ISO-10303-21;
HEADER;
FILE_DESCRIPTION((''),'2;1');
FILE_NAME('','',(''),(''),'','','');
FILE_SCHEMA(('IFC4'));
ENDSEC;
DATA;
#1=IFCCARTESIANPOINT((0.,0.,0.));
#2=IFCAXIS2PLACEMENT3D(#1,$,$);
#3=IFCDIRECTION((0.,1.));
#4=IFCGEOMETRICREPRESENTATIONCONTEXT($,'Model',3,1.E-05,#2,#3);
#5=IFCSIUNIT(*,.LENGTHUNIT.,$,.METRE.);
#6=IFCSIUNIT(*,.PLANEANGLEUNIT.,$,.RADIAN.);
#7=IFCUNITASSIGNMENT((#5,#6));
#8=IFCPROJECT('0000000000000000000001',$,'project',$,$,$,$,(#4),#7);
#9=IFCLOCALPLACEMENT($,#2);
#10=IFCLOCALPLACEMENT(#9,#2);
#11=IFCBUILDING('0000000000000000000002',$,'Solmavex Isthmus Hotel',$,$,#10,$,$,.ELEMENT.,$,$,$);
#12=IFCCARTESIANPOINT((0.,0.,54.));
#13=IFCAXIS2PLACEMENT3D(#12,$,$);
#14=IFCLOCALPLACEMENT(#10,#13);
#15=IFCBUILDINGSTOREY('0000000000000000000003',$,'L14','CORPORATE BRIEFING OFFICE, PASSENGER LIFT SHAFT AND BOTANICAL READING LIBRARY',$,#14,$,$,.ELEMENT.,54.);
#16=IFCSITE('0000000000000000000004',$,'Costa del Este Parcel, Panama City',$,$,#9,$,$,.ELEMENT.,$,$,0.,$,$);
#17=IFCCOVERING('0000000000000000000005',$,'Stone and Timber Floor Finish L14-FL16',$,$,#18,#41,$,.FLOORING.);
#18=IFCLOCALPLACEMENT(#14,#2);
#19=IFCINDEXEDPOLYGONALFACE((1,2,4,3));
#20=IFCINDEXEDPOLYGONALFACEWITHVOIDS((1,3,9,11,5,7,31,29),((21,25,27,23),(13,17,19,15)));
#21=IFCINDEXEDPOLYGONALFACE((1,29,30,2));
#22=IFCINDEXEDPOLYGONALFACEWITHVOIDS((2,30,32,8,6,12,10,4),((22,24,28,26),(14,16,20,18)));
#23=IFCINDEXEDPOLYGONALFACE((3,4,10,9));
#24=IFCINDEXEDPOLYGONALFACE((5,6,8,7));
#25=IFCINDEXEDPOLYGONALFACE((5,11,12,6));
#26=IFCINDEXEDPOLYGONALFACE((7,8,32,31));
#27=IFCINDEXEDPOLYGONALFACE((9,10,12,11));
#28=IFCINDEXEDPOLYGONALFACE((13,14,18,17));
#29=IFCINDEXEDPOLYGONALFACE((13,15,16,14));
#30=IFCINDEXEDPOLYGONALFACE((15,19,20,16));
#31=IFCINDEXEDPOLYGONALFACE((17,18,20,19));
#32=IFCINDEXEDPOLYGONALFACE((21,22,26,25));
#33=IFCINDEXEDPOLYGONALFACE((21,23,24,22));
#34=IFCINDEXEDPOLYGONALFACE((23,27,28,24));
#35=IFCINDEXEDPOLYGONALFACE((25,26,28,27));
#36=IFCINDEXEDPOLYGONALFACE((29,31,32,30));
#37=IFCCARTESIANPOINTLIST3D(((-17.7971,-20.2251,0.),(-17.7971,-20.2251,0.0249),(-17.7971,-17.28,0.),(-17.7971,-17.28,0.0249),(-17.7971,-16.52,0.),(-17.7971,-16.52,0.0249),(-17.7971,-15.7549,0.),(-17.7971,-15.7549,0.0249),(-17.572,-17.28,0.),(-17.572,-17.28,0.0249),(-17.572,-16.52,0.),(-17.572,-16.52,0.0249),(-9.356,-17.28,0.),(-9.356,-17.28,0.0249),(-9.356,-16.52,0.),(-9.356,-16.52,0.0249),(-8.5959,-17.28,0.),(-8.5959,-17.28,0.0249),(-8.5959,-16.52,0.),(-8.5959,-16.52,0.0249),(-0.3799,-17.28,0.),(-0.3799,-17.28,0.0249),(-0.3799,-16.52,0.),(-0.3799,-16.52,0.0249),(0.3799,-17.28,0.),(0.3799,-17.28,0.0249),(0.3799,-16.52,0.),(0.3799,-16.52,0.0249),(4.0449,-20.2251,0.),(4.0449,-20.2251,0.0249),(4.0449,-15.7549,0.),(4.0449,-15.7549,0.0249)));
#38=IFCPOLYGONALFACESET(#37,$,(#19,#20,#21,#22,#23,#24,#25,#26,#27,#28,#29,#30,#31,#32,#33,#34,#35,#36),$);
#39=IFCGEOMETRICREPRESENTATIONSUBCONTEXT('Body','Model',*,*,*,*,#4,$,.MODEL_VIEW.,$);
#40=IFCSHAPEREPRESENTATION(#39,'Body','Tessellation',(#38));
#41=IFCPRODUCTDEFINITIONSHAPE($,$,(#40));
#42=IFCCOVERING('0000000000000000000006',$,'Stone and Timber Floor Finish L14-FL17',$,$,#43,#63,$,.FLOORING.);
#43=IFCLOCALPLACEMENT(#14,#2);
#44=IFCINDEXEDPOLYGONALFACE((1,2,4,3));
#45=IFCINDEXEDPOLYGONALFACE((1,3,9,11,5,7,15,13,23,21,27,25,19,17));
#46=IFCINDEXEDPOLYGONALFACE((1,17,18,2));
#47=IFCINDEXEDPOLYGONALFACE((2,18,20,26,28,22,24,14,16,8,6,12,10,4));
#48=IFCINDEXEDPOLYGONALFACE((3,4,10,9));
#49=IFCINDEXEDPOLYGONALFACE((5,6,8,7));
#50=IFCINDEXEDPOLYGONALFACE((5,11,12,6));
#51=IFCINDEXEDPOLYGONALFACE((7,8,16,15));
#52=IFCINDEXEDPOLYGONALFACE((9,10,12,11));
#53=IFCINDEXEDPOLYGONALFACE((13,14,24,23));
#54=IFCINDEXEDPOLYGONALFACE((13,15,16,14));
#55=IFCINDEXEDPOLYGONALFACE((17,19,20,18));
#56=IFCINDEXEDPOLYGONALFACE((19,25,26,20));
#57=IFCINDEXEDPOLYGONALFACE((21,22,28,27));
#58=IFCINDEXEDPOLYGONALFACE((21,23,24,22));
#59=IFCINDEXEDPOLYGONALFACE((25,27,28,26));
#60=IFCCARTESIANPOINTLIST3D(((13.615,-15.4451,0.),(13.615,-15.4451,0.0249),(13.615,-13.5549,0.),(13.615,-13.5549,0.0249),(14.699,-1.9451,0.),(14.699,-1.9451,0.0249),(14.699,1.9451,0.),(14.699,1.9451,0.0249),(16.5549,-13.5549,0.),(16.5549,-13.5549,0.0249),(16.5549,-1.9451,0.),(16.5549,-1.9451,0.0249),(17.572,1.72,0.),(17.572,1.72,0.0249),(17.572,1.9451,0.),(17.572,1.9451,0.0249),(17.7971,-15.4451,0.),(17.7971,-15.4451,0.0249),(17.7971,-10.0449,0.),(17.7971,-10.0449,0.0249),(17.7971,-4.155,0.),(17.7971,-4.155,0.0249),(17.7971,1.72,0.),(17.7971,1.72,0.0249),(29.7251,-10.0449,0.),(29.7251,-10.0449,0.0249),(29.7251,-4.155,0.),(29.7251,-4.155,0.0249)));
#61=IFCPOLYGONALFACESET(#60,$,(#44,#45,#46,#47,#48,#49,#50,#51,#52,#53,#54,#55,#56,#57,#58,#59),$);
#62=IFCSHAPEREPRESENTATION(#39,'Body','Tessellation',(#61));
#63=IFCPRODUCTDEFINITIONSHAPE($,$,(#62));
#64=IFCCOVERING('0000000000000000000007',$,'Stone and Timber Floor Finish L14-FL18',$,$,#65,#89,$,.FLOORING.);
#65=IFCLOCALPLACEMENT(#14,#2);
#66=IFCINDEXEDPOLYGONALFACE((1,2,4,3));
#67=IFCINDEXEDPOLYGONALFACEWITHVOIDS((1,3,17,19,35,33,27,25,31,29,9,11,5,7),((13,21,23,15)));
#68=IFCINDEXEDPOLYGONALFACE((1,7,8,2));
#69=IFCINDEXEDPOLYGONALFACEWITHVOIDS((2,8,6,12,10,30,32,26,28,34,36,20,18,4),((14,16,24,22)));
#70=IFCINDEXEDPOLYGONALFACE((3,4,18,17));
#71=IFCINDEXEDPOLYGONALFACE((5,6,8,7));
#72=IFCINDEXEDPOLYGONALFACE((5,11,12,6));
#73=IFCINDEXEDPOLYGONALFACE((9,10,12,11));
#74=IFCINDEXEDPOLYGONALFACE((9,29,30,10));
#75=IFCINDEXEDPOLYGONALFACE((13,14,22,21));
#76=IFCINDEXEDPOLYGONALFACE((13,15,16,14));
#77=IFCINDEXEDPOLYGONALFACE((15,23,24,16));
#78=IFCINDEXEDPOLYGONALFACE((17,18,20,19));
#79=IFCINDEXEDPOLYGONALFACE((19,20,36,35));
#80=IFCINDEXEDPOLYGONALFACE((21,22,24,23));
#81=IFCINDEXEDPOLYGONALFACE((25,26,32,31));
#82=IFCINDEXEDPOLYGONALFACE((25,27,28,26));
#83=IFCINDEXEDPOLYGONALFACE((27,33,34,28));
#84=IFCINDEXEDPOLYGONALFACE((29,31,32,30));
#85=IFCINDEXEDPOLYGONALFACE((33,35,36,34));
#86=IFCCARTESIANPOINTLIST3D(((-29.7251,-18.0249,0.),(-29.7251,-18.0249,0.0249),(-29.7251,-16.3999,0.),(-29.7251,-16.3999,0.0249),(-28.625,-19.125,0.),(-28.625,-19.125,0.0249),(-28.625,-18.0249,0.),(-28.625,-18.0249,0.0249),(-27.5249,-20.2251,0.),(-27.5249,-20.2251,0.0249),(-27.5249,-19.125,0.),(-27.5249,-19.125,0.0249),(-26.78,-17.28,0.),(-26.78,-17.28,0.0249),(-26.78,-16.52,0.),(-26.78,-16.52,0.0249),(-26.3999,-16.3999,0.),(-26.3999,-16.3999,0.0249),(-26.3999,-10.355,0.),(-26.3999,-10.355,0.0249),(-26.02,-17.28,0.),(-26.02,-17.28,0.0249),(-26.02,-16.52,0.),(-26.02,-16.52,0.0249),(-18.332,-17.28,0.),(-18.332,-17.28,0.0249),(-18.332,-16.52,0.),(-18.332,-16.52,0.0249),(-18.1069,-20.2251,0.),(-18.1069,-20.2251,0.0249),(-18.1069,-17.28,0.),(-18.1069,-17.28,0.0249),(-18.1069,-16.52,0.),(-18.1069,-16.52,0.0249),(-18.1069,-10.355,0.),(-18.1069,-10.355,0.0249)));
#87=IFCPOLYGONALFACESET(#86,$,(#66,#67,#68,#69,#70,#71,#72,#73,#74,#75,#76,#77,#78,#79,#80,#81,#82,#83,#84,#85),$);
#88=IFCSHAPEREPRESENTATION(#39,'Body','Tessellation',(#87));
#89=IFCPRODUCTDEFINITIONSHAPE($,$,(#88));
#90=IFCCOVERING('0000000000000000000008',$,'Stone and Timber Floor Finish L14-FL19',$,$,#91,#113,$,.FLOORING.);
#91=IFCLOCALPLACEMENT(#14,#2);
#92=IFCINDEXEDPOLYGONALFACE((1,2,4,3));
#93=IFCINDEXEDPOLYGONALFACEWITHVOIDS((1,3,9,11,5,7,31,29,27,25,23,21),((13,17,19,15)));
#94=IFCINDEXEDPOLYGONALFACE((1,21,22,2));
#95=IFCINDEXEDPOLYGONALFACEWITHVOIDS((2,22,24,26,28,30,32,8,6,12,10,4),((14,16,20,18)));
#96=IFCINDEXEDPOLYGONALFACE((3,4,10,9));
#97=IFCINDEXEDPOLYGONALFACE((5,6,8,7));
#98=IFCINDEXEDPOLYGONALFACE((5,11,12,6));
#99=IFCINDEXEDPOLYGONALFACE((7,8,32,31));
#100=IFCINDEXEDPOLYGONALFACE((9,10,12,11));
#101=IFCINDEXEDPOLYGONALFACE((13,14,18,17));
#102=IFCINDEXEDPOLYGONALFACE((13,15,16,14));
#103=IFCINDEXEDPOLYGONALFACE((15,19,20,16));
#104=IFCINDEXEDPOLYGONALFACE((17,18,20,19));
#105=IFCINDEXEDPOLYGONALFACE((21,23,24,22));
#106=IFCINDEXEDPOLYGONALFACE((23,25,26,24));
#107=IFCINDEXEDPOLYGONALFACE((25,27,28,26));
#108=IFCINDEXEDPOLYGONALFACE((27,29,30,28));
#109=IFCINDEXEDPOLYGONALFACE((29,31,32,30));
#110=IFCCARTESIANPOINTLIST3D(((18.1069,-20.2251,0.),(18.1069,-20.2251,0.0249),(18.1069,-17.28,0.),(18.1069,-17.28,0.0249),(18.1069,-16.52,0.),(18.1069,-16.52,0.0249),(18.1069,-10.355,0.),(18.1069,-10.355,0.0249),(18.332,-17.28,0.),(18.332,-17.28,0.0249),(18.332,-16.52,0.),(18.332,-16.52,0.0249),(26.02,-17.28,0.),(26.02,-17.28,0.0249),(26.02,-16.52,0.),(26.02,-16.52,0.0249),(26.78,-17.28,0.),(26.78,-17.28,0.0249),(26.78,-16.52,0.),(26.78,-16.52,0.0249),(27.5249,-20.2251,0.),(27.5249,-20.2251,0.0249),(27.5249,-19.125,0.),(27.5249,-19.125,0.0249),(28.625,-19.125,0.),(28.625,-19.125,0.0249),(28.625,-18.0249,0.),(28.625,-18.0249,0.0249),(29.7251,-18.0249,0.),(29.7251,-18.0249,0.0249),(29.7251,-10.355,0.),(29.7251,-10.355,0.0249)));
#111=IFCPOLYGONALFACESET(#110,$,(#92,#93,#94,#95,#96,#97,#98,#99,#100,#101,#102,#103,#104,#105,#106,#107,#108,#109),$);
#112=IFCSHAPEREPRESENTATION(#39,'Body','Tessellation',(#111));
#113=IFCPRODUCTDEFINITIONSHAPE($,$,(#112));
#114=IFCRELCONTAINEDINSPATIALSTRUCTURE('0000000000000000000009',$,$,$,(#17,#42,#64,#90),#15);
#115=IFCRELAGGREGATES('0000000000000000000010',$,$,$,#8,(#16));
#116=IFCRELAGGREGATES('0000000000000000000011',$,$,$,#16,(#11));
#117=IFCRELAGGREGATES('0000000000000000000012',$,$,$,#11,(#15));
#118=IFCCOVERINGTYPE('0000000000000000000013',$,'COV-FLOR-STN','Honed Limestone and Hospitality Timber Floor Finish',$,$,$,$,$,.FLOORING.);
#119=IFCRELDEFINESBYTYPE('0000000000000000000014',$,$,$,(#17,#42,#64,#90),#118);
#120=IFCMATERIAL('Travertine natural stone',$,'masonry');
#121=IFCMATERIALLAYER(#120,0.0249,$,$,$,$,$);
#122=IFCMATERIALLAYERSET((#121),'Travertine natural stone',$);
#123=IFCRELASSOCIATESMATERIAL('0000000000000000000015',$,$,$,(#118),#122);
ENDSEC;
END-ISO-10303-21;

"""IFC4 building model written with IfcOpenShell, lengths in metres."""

from ifc_helpers import new_model, si_unit, direction, frame, origin, place, context, subcontext, project, spatial, polyline, outline, extrude, material, layer, layer_set, type_object, element, save


model = new_model("IFC4")

# Units and contexts
model_context = context("Model", 3, precision=1e-05, world=origin(), true_north=direction((0.0, 1.0)))
body_context = subcontext(model_context, "Body", "Model", "MODEL_VIEW")
ifc_project = project(units=[si_unit("LENGTHUNIT", "METRE"), si_unit("PLANEANGLEUNIT", "RADIAN")], contexts=[model_context])

# Site, building, storey
site_placement = place(None, origin())
site = spatial("IfcSite", under=ifc_project, at=site_placement, Name="Costa del Este Parcel, Panama City", CompositionType="ELEMENT", RefElevation=0.0)
building_placement = place(site_placement, origin())
building = spatial("IfcBuilding", under=site, at=building_placement, Name="Solmavex Isthmus Hotel", CompositionType="ELEMENT")
storey_placement = place(building_placement, frame((0.0, 0.0, 54.0)))
storey = spatial("IfcBuildingStorey", under=building, at=storey_placement, Name="L14", Description="CORPORATE BRIEFING OFFICE, PASSENGER LIFT SHAFT AND BOTANICAL READING LIBRARY", CompositionType="ELEMENT", Elevation=54.0)

# Coverings
ifc_material_1 = material(Name="Travertine natural stone", Category="masonry")
ifc_layer_1 = layer(ifc_material_1, 0.0249)
ifc_layer_set_1 = layer_set([ifc_layer_1], Name="Travertine natural stone")
covering_type_1 = type_object("IfcCoveringType", Name="COV-FLOR-STN", Description="Honed Limestone and Hospitality Timber Floor Finish", PredefinedType="FLOORING", material=ifc_layer_set_1)
covering_1_placement = place(storey_placement, origin())
element("IfcCovering", 1, at=covering_1_placement, inside=storey, type_object=covering_type_1, Name="Stone and Timber Floor Finish L14-FL16", PredefinedType="FLOORING", context=body_context, shape_type="SweptSolid", body=[
    extrude(outline(polyline([(-17.7971, -16.52), (-17.572, -16.52), (-17.572, -17.28), (-17.7971, -17.28), (-17.7971, -20.2251), (4.0449, -20.2251), (4.0449, -15.7549), (-17.7971, -15.7549), (-17.7971, -16.52)]), holes=[polyline([(-0.3799, -17.28), (-0.3799, -16.52), (0.3799, -16.52), (0.3799, -17.28), (-0.3799, -17.28)]), polyline([(-9.356, -17.28), (-9.356, -16.52), (-8.5959, -16.52), (-8.5959, -17.28), (-9.356, -17.28)])]), origin(), (0.0, 0.0, 1.0), 0.0249),
])
covering_2_placement = place(storey_placement, origin())
element("IfcCovering", 2, at=covering_2_placement, inside=storey, type_object=covering_type_1, Name="Stone and Timber Floor Finish L14-FL17", PredefinedType="FLOORING", context=body_context, shape_type="SweptSolid", body=[
    extrude(outline(polyline([(17.7971, 1.72), (17.572, 1.72), (17.572, 1.9451), (14.699, 1.9451), (14.699, -1.9451), (16.5549, -1.9451), (16.5549, -13.5549), (13.615, -13.5549), (13.615, -15.4451), (17.7971, -15.4451), (17.7971, -10.0449), (29.7251, -10.0449), (29.7251, -4.155), (17.7971, -4.155), (17.7971, 1.72)])), origin(), (0.0, 0.0, 1.0), 0.0249),
])
covering_3_placement = place(storey_placement, origin())
element("IfcCovering", 3, at=covering_3_placement, inside=storey, type_object=covering_type_1, Name="Stone and Timber Floor Finish L14-FL18", PredefinedType="FLOORING", context=body_context, shape_type="SweptSolid", body=[
    extrude(outline(polyline([(-18.1069, -17.28), (-18.332, -17.28), (-18.332, -16.52), (-18.1069, -16.52), (-18.1069, -10.355), (-26.3999, -10.355), (-26.3999, -16.3999), (-29.7251, -16.3999), (-29.7251, -18.0249), (-28.625, -18.0249), (-28.625, -19.125), (-27.5249, -19.125), (-27.5249, -20.2251), (-18.1069, -20.2251), (-18.1069, -17.28)]), holes=[polyline([(-26.78, -17.28), (-26.78, -16.52), (-26.02, -16.52), (-26.02, -17.28), (-26.78, -17.28)])]), origin(), (0.0, 0.0, 1.0), 0.0249),
])
covering_4_placement = place(storey_placement, origin())
element("IfcCovering", 4, at=covering_4_placement, inside=storey, type_object=covering_type_1, Name="Stone and Timber Floor Finish L14-FL19", PredefinedType="FLOORING", context=body_context, shape_type="SweptSolid", body=[
    extrude(outline(polyline([(18.1069, -16.52), (18.332, -16.52), (18.332, -17.28), (18.1069, -17.28), (18.1069, -20.2251), (27.5249, -20.2251), (27.5249, -19.125), (28.625, -19.125), (28.625, -18.0249), (29.7251, -18.0249), (29.7251, -10.355), (18.1069, -10.355), (18.1069, -16.52)]), holes=[polyline([(26.02, -17.28), (26.02, -16.52), (26.78, -16.52), (26.78, -17.28), (26.02, -17.28)])]), origin(), (0.0, 0.0, 1.0), 0.0249),
])

save(model, "model.ifc")
